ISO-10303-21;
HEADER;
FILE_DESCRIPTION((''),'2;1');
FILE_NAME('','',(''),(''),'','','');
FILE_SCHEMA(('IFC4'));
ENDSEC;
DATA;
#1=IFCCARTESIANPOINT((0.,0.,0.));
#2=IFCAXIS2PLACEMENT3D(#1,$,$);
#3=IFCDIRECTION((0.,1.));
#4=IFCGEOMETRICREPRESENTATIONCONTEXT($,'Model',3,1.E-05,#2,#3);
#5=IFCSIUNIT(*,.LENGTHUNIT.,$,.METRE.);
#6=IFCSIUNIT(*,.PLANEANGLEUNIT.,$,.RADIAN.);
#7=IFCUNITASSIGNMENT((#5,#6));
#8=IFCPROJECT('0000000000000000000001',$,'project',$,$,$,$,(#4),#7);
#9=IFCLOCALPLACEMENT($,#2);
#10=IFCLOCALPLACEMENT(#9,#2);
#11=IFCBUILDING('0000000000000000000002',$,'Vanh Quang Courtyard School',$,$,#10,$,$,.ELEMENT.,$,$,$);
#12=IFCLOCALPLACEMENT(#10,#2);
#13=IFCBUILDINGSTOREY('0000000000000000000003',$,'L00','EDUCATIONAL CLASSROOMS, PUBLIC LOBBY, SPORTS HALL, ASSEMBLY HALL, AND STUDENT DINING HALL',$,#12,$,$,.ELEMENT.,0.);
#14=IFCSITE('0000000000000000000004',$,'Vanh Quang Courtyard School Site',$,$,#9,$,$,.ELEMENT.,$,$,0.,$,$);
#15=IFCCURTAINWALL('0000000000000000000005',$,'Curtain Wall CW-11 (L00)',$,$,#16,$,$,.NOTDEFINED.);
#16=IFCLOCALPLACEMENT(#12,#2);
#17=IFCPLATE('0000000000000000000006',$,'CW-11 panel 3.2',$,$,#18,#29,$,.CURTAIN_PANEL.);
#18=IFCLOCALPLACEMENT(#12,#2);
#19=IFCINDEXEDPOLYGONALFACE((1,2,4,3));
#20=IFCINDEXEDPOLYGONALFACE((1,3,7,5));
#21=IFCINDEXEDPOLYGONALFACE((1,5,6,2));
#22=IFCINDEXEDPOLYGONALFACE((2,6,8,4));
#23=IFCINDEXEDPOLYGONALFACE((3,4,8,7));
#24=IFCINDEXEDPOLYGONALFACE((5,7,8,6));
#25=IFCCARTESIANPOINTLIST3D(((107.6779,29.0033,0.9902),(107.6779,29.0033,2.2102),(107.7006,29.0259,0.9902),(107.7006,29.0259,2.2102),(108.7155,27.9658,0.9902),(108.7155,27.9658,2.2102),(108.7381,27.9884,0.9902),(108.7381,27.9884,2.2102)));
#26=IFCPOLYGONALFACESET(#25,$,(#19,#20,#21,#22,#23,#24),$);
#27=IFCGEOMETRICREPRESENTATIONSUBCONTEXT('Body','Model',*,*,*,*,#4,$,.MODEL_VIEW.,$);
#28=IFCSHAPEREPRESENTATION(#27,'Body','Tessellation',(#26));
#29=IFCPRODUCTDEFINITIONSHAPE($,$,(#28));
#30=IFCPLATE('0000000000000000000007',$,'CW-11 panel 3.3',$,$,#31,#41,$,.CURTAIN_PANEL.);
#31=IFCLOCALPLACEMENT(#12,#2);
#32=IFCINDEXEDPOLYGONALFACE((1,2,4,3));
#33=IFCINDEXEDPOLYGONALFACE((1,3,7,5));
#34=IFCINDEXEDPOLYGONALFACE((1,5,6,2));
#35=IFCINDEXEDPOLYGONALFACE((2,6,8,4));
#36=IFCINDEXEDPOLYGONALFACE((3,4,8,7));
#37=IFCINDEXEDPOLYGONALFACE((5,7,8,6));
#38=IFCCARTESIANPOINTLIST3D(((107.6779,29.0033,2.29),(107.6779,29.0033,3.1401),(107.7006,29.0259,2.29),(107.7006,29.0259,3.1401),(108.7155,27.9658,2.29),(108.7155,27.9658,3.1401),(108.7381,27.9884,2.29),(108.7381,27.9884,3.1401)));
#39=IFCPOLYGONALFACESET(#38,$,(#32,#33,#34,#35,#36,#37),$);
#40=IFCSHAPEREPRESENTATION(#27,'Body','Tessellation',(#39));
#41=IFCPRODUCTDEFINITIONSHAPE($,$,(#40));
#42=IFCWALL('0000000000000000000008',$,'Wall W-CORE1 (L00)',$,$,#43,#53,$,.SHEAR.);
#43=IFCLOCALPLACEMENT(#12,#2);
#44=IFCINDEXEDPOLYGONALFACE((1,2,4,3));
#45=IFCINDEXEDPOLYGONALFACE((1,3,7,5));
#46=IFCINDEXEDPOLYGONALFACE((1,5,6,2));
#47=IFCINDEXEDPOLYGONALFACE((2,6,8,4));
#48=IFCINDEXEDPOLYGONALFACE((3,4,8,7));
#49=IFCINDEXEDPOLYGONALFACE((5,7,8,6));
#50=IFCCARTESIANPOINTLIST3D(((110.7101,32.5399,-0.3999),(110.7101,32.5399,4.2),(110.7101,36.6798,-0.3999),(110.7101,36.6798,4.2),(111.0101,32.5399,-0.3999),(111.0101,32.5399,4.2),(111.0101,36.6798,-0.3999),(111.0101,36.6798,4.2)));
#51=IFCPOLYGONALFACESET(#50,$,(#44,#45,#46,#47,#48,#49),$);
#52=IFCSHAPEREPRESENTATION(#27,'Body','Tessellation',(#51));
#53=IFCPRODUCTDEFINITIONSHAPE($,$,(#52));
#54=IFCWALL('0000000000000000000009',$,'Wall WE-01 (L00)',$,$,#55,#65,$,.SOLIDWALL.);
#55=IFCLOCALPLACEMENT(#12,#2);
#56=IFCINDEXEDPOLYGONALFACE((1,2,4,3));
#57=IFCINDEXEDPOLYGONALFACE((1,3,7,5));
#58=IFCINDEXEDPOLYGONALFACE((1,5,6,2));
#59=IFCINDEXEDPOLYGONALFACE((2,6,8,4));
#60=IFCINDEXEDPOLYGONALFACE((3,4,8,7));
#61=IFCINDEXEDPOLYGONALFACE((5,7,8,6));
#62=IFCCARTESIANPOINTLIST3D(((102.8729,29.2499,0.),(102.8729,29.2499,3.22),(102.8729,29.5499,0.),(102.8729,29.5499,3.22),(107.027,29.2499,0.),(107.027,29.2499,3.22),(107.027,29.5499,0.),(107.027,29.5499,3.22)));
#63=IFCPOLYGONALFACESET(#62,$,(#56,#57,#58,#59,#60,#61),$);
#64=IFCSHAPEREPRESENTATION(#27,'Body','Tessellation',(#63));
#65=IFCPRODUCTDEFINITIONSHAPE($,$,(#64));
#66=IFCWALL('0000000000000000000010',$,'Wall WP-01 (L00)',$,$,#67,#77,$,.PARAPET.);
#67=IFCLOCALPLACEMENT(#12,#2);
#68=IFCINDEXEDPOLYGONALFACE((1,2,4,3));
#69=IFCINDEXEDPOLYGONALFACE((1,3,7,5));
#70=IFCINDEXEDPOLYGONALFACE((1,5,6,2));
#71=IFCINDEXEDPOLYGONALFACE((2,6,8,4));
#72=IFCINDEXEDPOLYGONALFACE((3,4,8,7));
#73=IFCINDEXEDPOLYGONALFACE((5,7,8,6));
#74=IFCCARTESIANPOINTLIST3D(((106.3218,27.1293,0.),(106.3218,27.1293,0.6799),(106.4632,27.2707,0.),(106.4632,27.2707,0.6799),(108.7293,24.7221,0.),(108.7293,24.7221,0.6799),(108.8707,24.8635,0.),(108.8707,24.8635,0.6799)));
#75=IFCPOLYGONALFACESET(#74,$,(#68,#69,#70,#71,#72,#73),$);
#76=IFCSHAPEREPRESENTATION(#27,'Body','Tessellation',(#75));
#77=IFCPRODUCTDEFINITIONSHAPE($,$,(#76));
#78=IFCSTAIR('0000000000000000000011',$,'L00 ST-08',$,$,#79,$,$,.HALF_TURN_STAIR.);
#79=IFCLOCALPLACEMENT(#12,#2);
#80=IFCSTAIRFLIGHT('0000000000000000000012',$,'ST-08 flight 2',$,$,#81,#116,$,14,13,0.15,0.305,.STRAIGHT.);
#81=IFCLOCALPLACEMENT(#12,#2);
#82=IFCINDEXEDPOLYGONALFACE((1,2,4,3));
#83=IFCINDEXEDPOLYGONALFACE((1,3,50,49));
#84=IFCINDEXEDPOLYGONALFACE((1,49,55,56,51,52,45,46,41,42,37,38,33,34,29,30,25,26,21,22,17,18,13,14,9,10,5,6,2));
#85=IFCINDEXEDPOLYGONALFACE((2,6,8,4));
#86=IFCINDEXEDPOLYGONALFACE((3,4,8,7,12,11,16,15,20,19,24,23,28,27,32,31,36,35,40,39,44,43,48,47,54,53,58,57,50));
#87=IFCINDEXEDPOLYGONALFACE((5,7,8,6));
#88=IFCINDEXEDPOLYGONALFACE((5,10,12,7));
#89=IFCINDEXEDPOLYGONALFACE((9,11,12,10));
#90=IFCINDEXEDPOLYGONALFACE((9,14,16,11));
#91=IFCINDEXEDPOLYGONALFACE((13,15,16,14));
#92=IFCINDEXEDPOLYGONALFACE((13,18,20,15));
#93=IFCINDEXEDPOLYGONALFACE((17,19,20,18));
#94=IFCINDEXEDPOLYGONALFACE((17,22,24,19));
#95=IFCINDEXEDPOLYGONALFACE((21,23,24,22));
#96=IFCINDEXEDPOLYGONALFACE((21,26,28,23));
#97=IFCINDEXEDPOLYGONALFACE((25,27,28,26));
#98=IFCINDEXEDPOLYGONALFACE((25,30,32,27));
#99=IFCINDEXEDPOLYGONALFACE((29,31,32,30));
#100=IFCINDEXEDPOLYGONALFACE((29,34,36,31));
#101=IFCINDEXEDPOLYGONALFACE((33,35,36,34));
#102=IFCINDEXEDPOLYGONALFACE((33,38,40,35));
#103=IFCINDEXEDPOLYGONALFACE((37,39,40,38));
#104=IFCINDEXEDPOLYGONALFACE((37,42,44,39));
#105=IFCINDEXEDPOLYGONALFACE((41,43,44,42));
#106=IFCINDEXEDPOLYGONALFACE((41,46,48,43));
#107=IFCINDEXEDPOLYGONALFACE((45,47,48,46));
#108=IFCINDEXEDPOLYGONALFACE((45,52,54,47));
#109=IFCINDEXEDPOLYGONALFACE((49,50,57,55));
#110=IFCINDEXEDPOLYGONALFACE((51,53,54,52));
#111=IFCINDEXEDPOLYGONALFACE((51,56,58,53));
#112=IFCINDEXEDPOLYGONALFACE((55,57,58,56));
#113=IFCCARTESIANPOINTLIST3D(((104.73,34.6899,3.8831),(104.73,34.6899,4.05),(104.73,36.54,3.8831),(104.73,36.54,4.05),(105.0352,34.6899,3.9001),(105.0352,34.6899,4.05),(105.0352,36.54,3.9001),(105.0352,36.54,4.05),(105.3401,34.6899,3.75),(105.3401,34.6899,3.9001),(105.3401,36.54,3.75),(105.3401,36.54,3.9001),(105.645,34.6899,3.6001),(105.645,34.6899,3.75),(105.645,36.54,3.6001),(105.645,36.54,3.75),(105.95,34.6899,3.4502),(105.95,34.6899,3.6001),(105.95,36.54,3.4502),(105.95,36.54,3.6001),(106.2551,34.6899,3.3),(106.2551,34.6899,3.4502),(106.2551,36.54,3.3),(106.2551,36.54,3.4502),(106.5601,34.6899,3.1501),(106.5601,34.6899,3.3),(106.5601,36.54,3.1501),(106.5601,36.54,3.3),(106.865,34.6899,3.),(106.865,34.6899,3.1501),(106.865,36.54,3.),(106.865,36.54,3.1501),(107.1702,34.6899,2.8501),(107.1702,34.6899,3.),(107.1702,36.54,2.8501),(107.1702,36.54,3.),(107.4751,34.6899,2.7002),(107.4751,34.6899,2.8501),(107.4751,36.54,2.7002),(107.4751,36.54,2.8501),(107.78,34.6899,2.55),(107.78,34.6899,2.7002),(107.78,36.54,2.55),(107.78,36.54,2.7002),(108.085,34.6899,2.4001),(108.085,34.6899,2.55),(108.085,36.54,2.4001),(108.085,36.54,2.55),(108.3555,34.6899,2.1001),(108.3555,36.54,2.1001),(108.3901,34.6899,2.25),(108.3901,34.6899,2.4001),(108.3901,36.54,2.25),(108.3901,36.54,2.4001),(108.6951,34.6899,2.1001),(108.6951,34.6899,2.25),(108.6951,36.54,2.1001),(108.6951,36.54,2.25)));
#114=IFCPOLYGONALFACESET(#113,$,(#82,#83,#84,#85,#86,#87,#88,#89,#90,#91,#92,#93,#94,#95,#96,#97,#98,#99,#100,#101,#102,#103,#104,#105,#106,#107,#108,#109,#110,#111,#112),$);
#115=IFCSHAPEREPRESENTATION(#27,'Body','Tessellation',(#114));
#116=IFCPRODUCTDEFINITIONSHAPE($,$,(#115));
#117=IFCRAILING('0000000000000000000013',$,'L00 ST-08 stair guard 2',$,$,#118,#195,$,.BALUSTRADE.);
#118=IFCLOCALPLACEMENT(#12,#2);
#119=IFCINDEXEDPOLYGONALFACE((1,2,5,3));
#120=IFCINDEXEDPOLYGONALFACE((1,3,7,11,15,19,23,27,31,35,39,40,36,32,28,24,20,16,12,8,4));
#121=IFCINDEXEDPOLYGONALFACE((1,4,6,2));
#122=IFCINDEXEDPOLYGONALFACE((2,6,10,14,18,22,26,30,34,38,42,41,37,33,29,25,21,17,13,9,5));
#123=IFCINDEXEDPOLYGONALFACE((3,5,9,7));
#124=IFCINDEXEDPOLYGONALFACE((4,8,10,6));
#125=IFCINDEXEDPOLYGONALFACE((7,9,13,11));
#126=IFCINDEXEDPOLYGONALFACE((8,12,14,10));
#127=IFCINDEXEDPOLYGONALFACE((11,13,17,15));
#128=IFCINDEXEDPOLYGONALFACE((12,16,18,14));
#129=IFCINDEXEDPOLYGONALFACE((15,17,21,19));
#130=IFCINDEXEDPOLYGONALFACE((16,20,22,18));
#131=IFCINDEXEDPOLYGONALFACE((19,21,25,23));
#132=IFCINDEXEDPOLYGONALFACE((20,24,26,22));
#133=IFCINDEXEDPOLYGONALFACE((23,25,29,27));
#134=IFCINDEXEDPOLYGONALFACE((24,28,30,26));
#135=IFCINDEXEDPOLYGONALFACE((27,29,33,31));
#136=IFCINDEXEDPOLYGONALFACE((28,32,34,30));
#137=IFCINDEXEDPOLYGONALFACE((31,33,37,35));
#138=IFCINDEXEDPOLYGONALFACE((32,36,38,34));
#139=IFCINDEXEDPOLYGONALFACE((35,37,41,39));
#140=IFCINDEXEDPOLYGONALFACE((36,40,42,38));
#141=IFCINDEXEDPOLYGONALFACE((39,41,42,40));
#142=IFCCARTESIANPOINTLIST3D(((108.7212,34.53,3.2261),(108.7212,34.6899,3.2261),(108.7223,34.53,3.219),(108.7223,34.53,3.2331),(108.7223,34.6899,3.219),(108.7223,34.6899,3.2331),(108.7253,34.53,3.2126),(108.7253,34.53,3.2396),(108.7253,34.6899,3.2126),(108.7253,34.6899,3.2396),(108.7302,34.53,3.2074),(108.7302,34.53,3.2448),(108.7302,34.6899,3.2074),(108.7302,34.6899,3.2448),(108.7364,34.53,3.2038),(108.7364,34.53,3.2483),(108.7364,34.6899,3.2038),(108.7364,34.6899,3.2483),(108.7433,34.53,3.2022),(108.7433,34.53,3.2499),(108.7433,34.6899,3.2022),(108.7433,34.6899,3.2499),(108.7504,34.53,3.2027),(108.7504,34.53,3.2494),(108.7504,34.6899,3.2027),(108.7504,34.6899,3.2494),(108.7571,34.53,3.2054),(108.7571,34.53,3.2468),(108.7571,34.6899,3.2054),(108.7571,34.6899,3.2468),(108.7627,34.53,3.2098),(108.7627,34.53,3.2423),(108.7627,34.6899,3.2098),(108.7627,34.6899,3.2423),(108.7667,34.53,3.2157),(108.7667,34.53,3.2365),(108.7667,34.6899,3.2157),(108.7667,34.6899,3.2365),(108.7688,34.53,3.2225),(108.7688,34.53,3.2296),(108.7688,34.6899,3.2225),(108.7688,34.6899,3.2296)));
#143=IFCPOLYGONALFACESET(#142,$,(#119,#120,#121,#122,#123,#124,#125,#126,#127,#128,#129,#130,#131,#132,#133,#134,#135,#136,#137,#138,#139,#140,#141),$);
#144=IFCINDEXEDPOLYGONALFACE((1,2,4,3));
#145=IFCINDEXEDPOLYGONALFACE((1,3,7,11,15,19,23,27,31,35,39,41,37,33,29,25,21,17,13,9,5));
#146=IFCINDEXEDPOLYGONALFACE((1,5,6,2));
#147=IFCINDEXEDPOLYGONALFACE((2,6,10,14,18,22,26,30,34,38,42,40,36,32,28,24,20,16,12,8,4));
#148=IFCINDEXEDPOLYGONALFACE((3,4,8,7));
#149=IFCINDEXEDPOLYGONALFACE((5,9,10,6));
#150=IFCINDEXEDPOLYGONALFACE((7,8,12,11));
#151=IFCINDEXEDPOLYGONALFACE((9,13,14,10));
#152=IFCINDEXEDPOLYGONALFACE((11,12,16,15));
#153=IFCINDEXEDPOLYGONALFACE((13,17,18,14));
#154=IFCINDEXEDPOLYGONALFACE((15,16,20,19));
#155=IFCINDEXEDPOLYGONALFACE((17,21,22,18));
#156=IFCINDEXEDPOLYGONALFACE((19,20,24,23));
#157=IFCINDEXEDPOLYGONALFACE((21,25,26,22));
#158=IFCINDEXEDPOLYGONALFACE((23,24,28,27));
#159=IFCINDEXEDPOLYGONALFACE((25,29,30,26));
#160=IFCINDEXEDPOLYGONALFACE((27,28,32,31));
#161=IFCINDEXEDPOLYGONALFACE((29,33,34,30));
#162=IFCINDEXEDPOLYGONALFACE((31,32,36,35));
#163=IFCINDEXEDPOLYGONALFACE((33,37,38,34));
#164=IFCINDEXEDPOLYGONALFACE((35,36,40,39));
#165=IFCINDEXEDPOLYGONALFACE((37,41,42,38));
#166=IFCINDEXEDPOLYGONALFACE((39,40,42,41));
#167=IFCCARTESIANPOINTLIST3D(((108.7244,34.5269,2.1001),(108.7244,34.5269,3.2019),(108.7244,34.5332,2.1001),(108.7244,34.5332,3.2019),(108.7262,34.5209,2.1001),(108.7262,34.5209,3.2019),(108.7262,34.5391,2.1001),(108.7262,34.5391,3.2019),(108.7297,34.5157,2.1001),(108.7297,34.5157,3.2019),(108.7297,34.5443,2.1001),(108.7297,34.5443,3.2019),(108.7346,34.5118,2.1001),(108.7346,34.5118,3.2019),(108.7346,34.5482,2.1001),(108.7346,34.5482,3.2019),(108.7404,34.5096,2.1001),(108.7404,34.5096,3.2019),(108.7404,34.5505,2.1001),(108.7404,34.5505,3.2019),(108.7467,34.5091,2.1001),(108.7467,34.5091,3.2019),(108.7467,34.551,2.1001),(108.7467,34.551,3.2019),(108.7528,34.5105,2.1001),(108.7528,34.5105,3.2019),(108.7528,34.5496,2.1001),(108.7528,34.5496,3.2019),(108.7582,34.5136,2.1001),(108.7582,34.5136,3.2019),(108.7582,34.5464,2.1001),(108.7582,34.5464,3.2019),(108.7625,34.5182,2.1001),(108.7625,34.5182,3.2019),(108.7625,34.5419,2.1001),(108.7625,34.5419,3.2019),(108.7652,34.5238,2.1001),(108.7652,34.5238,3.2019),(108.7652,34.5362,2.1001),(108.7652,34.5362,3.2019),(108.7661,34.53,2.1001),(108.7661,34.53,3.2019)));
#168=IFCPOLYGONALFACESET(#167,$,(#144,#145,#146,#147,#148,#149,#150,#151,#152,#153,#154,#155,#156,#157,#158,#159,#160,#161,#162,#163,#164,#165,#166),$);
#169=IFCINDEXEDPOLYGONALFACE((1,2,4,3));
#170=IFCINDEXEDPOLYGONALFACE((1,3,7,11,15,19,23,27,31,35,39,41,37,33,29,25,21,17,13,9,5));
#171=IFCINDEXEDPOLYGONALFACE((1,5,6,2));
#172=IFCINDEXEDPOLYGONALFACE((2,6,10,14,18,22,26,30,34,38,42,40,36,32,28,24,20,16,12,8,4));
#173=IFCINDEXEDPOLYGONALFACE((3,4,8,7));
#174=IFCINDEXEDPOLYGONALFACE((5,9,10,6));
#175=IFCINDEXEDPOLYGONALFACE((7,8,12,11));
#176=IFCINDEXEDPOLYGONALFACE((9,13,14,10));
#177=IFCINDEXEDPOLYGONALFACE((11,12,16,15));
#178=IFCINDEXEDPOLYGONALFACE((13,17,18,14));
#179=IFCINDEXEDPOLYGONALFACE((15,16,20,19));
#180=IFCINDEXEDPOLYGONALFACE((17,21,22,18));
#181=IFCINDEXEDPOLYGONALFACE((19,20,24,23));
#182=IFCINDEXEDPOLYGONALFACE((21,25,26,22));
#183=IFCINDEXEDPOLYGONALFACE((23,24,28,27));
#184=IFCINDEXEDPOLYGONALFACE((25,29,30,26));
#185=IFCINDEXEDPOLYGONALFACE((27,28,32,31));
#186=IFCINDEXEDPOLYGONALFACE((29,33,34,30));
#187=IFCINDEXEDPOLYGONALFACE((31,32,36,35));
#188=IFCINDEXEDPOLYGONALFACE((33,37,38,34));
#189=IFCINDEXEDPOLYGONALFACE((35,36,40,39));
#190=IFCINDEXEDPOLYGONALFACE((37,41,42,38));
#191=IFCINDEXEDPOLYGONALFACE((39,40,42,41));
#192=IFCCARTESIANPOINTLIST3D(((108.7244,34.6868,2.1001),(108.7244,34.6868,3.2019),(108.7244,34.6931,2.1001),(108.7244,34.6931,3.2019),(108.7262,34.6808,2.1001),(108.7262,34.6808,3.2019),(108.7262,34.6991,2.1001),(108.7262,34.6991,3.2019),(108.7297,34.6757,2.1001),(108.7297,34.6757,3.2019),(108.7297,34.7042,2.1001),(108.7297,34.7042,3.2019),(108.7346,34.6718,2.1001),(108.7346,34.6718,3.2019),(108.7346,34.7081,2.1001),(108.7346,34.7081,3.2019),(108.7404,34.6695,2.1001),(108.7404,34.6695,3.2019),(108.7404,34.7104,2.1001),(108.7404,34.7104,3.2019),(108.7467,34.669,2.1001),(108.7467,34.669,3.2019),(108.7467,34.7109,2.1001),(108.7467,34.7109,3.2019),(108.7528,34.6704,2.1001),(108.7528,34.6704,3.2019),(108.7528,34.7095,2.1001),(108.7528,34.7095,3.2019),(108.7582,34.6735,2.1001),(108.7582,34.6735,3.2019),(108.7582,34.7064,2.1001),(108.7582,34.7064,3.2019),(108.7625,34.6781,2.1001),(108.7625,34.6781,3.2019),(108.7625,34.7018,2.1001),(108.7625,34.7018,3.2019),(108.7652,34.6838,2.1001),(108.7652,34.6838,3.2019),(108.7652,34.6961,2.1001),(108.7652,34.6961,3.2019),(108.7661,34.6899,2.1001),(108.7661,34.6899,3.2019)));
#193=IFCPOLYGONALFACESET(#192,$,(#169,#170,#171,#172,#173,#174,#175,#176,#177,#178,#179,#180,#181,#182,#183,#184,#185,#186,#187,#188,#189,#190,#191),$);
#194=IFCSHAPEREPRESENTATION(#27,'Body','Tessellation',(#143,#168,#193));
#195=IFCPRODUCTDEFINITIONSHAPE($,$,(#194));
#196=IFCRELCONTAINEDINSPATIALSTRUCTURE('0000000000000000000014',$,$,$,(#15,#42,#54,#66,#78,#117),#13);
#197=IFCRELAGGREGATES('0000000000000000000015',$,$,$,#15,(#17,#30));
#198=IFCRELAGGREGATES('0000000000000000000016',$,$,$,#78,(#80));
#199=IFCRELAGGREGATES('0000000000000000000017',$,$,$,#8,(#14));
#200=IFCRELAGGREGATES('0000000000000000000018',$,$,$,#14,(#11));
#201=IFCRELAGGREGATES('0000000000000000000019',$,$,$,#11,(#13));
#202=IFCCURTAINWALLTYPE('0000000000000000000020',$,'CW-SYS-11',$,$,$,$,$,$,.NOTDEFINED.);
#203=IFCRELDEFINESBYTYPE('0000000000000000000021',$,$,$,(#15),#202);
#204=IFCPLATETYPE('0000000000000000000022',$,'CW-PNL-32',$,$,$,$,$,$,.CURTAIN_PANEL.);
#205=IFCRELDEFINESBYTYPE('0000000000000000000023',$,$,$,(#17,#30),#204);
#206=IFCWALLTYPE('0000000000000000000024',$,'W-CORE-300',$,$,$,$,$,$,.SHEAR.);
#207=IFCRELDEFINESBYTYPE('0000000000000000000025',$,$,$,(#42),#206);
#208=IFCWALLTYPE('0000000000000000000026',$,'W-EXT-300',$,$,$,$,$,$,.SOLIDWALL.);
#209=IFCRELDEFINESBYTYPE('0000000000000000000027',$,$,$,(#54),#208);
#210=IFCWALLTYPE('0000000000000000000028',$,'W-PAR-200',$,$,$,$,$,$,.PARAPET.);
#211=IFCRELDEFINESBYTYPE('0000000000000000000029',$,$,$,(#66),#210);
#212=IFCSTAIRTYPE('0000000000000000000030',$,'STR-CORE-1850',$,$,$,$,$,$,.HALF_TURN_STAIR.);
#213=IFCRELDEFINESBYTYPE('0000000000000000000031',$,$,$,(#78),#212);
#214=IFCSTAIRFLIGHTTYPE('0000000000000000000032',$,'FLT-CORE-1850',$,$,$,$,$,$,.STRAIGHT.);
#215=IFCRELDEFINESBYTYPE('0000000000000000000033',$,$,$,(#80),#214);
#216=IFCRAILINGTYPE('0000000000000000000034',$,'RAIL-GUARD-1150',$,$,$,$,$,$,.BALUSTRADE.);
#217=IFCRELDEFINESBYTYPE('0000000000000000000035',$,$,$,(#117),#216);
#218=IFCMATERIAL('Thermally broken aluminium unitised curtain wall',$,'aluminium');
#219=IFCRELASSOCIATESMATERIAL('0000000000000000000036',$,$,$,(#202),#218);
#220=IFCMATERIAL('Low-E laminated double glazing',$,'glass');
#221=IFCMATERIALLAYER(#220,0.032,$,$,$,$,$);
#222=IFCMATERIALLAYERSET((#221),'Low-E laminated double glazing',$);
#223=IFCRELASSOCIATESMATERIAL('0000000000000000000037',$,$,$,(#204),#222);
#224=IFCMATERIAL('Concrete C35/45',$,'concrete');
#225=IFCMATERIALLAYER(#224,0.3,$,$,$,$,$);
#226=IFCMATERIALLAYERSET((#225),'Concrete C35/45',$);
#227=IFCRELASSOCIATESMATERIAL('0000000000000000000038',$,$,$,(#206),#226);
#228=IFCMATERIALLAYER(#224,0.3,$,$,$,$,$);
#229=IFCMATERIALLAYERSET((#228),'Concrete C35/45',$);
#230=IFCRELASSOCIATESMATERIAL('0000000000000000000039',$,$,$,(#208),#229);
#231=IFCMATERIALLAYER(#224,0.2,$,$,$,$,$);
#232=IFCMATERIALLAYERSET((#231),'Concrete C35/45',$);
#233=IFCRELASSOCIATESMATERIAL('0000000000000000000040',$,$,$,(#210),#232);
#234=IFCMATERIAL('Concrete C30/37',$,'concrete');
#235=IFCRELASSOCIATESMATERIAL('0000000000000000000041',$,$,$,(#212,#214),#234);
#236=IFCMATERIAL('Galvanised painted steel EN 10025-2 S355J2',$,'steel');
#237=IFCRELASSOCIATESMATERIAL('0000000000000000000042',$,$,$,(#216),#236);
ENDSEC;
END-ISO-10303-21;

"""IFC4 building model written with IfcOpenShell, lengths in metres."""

from ifc_helpers import new_model, si_unit, direction, frame, frame_2d, origin, origin_2d, place, context, subcontext, project, spatial, polyline, rectangle, circle, outline, extrude, material, layer, layer_set, type_object, element, aggregate, save


model = new_model("IFC4")

# Units and contexts
model_context = context("Model", 3, precision=1e-05, world=origin(), true_north=direction((0.0, 1.0)))
body_context = subcontext(model_context, "Body", "Model", "MODEL_VIEW")
ifc_project = project(units=[si_unit("LENGTHUNIT", "METRE"), si_unit("PLANEANGLEUNIT", "RADIAN")], contexts=[model_context])

# Site, building, storey
site_placement = place(None, origin())
site = spatial("IfcSite", under=ifc_project, at=site_placement, Name="Vanh Quang Courtyard School Site", CompositionType="ELEMENT", RefElevation=0.0)
building_placement = place(site_placement, origin())
building = spatial("IfcBuilding", under=site, at=building_placement, Name="Vanh Quang Courtyard School", CompositionType="ELEMENT")
storey_placement = place(building_placement, origin())
storey = spatial("IfcBuildingStorey", under=building, at=storey_placement, Name="L00", Description="EDUCATIONAL CLASSROOMS, PUBLIC LOBBY, SPORTS HALL, ASSEMBLY HALL, AND STUDENT DINING HALL", CompositionType="ELEMENT", Elevation=0.0)

# Shared definitions
ifc_material_1 = material(Name="Concrete C35/45", Category="concrete")

# Shared definitions
ifc_material_2 = material(Name="Concrete C30/37", Category="concrete")

# Curtain wall, plates
ifc_material_3 = material(Name="Thermally broken aluminium unitised curtain wall", Category="aluminium")
curtain_wall_type = type_object("IfcCurtainWallType", Name="CW-SYS-11", PredefinedType="NOTDEFINED", material=ifc_material_3)
curtain_wall_placement = place(storey_placement, origin())
curtain_wall = element("IfcCurtainWall", 1, at=curtain_wall_placement, inside=storey, type_object=curtain_wall_type, Name="Curtain Wall CW-11 (L00)", PredefinedType="NOTDEFINED")
ifc_material_4 = material(Name="Low-E laminated double glazing", Category="glass")
ifc_layer_1 = layer(ifc_material_4, 0.032)
ifc_layer_set_1 = layer_set([ifc_layer_1], Name="Low-E laminated double glazing")
plate_type = type_object("IfcPlateType", Name="CW-PNL-32", PredefinedType="CURTAIN_PANEL", material=ifc_layer_set_1)
plate_1_placement = place(storey_placement, frame((108.208, 28.4958, 0.9902), z_axis=(0.0, 0.0, 1.0), x_axis=(-0.707107, 0.707107, 0.0)))
plate_1 = element("IfcPlate", 2, at=plate_1_placement, type_object=plate_type, Name="CW-11 panel 3.2", PredefinedType="CURTAIN_PANEL", context=body_context, shape_type="SweptSolid", body=[
    extrude(rectangle(XDim=1.4673, YDim=0.032, at=origin_2d()), origin(), (0.0, 0.0, 1.0), 1.22),
])
plate_2_placement = place(storey_placement, frame((108.208, 28.4958, 2.29), z_axis=(0.0, 0.0, 1.0), x_axis=(-0.707107, 0.707107, 0.0)))
plate_2 = element("IfcPlate", 3, at=plate_2_placement, type_object=plate_type, Name="CW-11 panel 3.3", PredefinedType="CURTAIN_PANEL", context=body_context, shape_type="SweptSolid", body=[
    extrude(rectangle(XDim=1.4673, YDim=0.032, at=origin_2d()), origin(), (0.0, 0.0, 1.0), 0.8501),
])
aggregate(curtain_wall, [plate_1, plate_2])

# Walls
ifc_layer_2 = layer(ifc_material_1, 0.3)
ifc_layer_set_2 = layer_set([ifc_layer_2], Name="Concrete C35/45")
wall_type_1 = type_object("IfcWallType", Name="W-CORE-300", PredefinedType="SHEAR", material=ifc_layer_set_2)
wall_1_placement = place(storey_placement, frame((110.8601, 32.54, -0.3999), z_axis=(0.0, 0.0, 1.0), x_axis=(0.0, 1.0, 0.0)))
element("IfcWall", 4, at=wall_1_placement, inside=storey, type_object=wall_type_1, Name="Wall W-CORE1 (L00)", PredefinedType="SHEAR", context=body_context, shape_type="SweptSolid", body=[
    extrude(rectangle(XDim=4.1399, YDim=0.3, at=frame_2d((2.0698, 0.0))), origin(), (0.0, 0.0, 1.0), 4.5999),
])
ifc_layer_3 = layer(ifc_material_1, 0.3)
ifc_layer_set_3 = layer_set([ifc_layer_3], Name="Concrete C35/45")
wall_type_2 = type_object("IfcWallType", Name="W-EXT-300", PredefinedType="SOLIDWALL", material=ifc_layer_set_3)
wall_2_placement = place(storey_placement, frame((107.0271, 29.3999, 0.0), z_axis=(0.0, 0.0, 1.0), x_axis=(-1.0, 0.0, 0.0)))
element("IfcWall", 5, at=wall_2_placement, inside=storey, type_object=wall_type_2, Name="Wall WE-01 (L00)", PredefinedType="SOLIDWALL", context=body_context, shape_type="SweptSolid", body=[
    extrude(rectangle(XDim=4.1541, YDim=0.3, at=frame_2d((2.0771, 0.0))), origin(), (0.0, 0.0, 1.0), 3.22),
])
ifc_layer_4 = layer(ifc_material_1, 0.2)
ifc_layer_set_4 = layer_set([ifc_layer_4], Name="Concrete C35/45")
wall_type_3 = type_object("IfcWallType", Name="W-PAR-200", PredefinedType="PARAPET", material=ifc_layer_set_4)
wall_3_placement = place(storey_placement, frame((106.3926, 27.2, 0.0), z_axis=(0.0, 0.0, 1.0), x_axis=(0.707143, -0.707071, 0.0)))
element("IfcWall", 6, at=wall_3_placement, inside=storey, type_object=wall_type_3, Name="Wall WP-01 (L00)", PredefinedType="PARAPET", context=body_context, shape_type="SweptSolid", body=[
    extrude(rectangle(XDim=3.4045, YDim=0.2, at=frame_2d((1.7021, 0.0))), origin(), (0.0, 0.0, 1.0), 0.6799),
])

# Stair, stair flight
stair_type = type_object("IfcStairType", Name="STR-CORE-1850", PredefinedType="HALF_TURN_STAIR", material=ifc_material_2)
stair_placement = place(storey_placement, origin())
stair = element("IfcStair", 7, at=stair_placement, inside=storey, type_object=stair_type, Name="L00 ST-08", PredefinedType="HALF_TURN_STAIR")
stair_flight_type = type_object("IfcStairFlightType", Name="FLT-CORE-1850", PredefinedType="STRAIGHT", material=ifc_material_2)
stair_flight_placement = place(storey_placement, frame((108.6951, 35.615, 2.1001), z_axis=(0.0, 0.0, 1.0), x_axis=(-1.0, 0.0, 0.0)))
stair_flight = element("IfcStairFlight", 8, at=stair_flight_placement, type_object=stair_flight_type, Name="ST-08 flight 2", NumberOfRisers=14, NumberOfTreads=13, PredefinedType="STRAIGHT", RiserHeight=0.15, TreadLength=0.305, context=body_context, shape_type="SweptSolid", body=[
    extrude(outline(polyline([(0.0, 0.0), (0.0, 0.1499), (0.3049, 0.1499), (0.3049, 0.3), (0.6101, 0.3), (0.6101, 0.45), (0.915, 0.45), (0.915, 0.6001), (1.22, 0.6001), (1.22, 0.75), (1.5249, 0.75), (1.5249, 0.8999), (1.8301, 0.8999), (1.8301, 1.05), (2.135, 1.05), (2.135, 1.2), (2.4399, 1.2), (2.4399, 1.3501), (2.7451, 1.3501), (2.7451, 1.5), (3.05, 1.5), (3.05, 1.6499), (3.355, 1.6499), (3.355, 1.8), (3.6599, 1.8), (3.6599, 1.95), (3.9651, 1.95), (3.9651, 2.1001), (3.9651, 1.783), (0.3396, 0.0), (0.0, 0.0)])), frame((0.0, 0.925, 0.0), z_axis=(0.0, -1.0, 0.0), x_axis=(1.0, 0.0, 0.0)), (0.0, 0.0, 1.0), 1.8501),
])
aggregate(stair, [stair_flight])

# Railing
ifc_material_5 = material(Name="Galvanised painted steel EN 10025-2 S355J2", Category="steel")
railing_type = type_object("IfcRailingType", Name="RAIL-GUARD-1150", PredefinedType="BALUSTRADE", material=ifc_material_5)
railing_1_placement = place(storey_placement, frame((108.7451, 34.53, 2.1001)))
element("IfcRailing", 9, at=railing_1_placement, inside=storey, type_object=railing_type, Name="L00 ST-08 stair guard 2", PredefinedType="BALUSTRADE", context=body_context, shape_type="SweptSolid", body=[
    extrude(circle(Radius=0.0239, at=origin_2d()), frame((0.0, 0.0, 1.126), z_axis=(0.0, 1.0, 0.0), x_axis=(-1.0, 0.0, 0.0)), (0.0, 0.0, 1.0), 0.1599),
    extrude(circle(Radius=0.021, at=origin_2d()), origin(), (0.0, 0.0, 1.0), 1.1018),
    extrude(circle(Radius=0.021, at=origin_2d()), frame((0.0, 0.1599, 0.0)), (0.0, 0.0, 1.0), 1.1018),
])

save(model, "model.ifc")
